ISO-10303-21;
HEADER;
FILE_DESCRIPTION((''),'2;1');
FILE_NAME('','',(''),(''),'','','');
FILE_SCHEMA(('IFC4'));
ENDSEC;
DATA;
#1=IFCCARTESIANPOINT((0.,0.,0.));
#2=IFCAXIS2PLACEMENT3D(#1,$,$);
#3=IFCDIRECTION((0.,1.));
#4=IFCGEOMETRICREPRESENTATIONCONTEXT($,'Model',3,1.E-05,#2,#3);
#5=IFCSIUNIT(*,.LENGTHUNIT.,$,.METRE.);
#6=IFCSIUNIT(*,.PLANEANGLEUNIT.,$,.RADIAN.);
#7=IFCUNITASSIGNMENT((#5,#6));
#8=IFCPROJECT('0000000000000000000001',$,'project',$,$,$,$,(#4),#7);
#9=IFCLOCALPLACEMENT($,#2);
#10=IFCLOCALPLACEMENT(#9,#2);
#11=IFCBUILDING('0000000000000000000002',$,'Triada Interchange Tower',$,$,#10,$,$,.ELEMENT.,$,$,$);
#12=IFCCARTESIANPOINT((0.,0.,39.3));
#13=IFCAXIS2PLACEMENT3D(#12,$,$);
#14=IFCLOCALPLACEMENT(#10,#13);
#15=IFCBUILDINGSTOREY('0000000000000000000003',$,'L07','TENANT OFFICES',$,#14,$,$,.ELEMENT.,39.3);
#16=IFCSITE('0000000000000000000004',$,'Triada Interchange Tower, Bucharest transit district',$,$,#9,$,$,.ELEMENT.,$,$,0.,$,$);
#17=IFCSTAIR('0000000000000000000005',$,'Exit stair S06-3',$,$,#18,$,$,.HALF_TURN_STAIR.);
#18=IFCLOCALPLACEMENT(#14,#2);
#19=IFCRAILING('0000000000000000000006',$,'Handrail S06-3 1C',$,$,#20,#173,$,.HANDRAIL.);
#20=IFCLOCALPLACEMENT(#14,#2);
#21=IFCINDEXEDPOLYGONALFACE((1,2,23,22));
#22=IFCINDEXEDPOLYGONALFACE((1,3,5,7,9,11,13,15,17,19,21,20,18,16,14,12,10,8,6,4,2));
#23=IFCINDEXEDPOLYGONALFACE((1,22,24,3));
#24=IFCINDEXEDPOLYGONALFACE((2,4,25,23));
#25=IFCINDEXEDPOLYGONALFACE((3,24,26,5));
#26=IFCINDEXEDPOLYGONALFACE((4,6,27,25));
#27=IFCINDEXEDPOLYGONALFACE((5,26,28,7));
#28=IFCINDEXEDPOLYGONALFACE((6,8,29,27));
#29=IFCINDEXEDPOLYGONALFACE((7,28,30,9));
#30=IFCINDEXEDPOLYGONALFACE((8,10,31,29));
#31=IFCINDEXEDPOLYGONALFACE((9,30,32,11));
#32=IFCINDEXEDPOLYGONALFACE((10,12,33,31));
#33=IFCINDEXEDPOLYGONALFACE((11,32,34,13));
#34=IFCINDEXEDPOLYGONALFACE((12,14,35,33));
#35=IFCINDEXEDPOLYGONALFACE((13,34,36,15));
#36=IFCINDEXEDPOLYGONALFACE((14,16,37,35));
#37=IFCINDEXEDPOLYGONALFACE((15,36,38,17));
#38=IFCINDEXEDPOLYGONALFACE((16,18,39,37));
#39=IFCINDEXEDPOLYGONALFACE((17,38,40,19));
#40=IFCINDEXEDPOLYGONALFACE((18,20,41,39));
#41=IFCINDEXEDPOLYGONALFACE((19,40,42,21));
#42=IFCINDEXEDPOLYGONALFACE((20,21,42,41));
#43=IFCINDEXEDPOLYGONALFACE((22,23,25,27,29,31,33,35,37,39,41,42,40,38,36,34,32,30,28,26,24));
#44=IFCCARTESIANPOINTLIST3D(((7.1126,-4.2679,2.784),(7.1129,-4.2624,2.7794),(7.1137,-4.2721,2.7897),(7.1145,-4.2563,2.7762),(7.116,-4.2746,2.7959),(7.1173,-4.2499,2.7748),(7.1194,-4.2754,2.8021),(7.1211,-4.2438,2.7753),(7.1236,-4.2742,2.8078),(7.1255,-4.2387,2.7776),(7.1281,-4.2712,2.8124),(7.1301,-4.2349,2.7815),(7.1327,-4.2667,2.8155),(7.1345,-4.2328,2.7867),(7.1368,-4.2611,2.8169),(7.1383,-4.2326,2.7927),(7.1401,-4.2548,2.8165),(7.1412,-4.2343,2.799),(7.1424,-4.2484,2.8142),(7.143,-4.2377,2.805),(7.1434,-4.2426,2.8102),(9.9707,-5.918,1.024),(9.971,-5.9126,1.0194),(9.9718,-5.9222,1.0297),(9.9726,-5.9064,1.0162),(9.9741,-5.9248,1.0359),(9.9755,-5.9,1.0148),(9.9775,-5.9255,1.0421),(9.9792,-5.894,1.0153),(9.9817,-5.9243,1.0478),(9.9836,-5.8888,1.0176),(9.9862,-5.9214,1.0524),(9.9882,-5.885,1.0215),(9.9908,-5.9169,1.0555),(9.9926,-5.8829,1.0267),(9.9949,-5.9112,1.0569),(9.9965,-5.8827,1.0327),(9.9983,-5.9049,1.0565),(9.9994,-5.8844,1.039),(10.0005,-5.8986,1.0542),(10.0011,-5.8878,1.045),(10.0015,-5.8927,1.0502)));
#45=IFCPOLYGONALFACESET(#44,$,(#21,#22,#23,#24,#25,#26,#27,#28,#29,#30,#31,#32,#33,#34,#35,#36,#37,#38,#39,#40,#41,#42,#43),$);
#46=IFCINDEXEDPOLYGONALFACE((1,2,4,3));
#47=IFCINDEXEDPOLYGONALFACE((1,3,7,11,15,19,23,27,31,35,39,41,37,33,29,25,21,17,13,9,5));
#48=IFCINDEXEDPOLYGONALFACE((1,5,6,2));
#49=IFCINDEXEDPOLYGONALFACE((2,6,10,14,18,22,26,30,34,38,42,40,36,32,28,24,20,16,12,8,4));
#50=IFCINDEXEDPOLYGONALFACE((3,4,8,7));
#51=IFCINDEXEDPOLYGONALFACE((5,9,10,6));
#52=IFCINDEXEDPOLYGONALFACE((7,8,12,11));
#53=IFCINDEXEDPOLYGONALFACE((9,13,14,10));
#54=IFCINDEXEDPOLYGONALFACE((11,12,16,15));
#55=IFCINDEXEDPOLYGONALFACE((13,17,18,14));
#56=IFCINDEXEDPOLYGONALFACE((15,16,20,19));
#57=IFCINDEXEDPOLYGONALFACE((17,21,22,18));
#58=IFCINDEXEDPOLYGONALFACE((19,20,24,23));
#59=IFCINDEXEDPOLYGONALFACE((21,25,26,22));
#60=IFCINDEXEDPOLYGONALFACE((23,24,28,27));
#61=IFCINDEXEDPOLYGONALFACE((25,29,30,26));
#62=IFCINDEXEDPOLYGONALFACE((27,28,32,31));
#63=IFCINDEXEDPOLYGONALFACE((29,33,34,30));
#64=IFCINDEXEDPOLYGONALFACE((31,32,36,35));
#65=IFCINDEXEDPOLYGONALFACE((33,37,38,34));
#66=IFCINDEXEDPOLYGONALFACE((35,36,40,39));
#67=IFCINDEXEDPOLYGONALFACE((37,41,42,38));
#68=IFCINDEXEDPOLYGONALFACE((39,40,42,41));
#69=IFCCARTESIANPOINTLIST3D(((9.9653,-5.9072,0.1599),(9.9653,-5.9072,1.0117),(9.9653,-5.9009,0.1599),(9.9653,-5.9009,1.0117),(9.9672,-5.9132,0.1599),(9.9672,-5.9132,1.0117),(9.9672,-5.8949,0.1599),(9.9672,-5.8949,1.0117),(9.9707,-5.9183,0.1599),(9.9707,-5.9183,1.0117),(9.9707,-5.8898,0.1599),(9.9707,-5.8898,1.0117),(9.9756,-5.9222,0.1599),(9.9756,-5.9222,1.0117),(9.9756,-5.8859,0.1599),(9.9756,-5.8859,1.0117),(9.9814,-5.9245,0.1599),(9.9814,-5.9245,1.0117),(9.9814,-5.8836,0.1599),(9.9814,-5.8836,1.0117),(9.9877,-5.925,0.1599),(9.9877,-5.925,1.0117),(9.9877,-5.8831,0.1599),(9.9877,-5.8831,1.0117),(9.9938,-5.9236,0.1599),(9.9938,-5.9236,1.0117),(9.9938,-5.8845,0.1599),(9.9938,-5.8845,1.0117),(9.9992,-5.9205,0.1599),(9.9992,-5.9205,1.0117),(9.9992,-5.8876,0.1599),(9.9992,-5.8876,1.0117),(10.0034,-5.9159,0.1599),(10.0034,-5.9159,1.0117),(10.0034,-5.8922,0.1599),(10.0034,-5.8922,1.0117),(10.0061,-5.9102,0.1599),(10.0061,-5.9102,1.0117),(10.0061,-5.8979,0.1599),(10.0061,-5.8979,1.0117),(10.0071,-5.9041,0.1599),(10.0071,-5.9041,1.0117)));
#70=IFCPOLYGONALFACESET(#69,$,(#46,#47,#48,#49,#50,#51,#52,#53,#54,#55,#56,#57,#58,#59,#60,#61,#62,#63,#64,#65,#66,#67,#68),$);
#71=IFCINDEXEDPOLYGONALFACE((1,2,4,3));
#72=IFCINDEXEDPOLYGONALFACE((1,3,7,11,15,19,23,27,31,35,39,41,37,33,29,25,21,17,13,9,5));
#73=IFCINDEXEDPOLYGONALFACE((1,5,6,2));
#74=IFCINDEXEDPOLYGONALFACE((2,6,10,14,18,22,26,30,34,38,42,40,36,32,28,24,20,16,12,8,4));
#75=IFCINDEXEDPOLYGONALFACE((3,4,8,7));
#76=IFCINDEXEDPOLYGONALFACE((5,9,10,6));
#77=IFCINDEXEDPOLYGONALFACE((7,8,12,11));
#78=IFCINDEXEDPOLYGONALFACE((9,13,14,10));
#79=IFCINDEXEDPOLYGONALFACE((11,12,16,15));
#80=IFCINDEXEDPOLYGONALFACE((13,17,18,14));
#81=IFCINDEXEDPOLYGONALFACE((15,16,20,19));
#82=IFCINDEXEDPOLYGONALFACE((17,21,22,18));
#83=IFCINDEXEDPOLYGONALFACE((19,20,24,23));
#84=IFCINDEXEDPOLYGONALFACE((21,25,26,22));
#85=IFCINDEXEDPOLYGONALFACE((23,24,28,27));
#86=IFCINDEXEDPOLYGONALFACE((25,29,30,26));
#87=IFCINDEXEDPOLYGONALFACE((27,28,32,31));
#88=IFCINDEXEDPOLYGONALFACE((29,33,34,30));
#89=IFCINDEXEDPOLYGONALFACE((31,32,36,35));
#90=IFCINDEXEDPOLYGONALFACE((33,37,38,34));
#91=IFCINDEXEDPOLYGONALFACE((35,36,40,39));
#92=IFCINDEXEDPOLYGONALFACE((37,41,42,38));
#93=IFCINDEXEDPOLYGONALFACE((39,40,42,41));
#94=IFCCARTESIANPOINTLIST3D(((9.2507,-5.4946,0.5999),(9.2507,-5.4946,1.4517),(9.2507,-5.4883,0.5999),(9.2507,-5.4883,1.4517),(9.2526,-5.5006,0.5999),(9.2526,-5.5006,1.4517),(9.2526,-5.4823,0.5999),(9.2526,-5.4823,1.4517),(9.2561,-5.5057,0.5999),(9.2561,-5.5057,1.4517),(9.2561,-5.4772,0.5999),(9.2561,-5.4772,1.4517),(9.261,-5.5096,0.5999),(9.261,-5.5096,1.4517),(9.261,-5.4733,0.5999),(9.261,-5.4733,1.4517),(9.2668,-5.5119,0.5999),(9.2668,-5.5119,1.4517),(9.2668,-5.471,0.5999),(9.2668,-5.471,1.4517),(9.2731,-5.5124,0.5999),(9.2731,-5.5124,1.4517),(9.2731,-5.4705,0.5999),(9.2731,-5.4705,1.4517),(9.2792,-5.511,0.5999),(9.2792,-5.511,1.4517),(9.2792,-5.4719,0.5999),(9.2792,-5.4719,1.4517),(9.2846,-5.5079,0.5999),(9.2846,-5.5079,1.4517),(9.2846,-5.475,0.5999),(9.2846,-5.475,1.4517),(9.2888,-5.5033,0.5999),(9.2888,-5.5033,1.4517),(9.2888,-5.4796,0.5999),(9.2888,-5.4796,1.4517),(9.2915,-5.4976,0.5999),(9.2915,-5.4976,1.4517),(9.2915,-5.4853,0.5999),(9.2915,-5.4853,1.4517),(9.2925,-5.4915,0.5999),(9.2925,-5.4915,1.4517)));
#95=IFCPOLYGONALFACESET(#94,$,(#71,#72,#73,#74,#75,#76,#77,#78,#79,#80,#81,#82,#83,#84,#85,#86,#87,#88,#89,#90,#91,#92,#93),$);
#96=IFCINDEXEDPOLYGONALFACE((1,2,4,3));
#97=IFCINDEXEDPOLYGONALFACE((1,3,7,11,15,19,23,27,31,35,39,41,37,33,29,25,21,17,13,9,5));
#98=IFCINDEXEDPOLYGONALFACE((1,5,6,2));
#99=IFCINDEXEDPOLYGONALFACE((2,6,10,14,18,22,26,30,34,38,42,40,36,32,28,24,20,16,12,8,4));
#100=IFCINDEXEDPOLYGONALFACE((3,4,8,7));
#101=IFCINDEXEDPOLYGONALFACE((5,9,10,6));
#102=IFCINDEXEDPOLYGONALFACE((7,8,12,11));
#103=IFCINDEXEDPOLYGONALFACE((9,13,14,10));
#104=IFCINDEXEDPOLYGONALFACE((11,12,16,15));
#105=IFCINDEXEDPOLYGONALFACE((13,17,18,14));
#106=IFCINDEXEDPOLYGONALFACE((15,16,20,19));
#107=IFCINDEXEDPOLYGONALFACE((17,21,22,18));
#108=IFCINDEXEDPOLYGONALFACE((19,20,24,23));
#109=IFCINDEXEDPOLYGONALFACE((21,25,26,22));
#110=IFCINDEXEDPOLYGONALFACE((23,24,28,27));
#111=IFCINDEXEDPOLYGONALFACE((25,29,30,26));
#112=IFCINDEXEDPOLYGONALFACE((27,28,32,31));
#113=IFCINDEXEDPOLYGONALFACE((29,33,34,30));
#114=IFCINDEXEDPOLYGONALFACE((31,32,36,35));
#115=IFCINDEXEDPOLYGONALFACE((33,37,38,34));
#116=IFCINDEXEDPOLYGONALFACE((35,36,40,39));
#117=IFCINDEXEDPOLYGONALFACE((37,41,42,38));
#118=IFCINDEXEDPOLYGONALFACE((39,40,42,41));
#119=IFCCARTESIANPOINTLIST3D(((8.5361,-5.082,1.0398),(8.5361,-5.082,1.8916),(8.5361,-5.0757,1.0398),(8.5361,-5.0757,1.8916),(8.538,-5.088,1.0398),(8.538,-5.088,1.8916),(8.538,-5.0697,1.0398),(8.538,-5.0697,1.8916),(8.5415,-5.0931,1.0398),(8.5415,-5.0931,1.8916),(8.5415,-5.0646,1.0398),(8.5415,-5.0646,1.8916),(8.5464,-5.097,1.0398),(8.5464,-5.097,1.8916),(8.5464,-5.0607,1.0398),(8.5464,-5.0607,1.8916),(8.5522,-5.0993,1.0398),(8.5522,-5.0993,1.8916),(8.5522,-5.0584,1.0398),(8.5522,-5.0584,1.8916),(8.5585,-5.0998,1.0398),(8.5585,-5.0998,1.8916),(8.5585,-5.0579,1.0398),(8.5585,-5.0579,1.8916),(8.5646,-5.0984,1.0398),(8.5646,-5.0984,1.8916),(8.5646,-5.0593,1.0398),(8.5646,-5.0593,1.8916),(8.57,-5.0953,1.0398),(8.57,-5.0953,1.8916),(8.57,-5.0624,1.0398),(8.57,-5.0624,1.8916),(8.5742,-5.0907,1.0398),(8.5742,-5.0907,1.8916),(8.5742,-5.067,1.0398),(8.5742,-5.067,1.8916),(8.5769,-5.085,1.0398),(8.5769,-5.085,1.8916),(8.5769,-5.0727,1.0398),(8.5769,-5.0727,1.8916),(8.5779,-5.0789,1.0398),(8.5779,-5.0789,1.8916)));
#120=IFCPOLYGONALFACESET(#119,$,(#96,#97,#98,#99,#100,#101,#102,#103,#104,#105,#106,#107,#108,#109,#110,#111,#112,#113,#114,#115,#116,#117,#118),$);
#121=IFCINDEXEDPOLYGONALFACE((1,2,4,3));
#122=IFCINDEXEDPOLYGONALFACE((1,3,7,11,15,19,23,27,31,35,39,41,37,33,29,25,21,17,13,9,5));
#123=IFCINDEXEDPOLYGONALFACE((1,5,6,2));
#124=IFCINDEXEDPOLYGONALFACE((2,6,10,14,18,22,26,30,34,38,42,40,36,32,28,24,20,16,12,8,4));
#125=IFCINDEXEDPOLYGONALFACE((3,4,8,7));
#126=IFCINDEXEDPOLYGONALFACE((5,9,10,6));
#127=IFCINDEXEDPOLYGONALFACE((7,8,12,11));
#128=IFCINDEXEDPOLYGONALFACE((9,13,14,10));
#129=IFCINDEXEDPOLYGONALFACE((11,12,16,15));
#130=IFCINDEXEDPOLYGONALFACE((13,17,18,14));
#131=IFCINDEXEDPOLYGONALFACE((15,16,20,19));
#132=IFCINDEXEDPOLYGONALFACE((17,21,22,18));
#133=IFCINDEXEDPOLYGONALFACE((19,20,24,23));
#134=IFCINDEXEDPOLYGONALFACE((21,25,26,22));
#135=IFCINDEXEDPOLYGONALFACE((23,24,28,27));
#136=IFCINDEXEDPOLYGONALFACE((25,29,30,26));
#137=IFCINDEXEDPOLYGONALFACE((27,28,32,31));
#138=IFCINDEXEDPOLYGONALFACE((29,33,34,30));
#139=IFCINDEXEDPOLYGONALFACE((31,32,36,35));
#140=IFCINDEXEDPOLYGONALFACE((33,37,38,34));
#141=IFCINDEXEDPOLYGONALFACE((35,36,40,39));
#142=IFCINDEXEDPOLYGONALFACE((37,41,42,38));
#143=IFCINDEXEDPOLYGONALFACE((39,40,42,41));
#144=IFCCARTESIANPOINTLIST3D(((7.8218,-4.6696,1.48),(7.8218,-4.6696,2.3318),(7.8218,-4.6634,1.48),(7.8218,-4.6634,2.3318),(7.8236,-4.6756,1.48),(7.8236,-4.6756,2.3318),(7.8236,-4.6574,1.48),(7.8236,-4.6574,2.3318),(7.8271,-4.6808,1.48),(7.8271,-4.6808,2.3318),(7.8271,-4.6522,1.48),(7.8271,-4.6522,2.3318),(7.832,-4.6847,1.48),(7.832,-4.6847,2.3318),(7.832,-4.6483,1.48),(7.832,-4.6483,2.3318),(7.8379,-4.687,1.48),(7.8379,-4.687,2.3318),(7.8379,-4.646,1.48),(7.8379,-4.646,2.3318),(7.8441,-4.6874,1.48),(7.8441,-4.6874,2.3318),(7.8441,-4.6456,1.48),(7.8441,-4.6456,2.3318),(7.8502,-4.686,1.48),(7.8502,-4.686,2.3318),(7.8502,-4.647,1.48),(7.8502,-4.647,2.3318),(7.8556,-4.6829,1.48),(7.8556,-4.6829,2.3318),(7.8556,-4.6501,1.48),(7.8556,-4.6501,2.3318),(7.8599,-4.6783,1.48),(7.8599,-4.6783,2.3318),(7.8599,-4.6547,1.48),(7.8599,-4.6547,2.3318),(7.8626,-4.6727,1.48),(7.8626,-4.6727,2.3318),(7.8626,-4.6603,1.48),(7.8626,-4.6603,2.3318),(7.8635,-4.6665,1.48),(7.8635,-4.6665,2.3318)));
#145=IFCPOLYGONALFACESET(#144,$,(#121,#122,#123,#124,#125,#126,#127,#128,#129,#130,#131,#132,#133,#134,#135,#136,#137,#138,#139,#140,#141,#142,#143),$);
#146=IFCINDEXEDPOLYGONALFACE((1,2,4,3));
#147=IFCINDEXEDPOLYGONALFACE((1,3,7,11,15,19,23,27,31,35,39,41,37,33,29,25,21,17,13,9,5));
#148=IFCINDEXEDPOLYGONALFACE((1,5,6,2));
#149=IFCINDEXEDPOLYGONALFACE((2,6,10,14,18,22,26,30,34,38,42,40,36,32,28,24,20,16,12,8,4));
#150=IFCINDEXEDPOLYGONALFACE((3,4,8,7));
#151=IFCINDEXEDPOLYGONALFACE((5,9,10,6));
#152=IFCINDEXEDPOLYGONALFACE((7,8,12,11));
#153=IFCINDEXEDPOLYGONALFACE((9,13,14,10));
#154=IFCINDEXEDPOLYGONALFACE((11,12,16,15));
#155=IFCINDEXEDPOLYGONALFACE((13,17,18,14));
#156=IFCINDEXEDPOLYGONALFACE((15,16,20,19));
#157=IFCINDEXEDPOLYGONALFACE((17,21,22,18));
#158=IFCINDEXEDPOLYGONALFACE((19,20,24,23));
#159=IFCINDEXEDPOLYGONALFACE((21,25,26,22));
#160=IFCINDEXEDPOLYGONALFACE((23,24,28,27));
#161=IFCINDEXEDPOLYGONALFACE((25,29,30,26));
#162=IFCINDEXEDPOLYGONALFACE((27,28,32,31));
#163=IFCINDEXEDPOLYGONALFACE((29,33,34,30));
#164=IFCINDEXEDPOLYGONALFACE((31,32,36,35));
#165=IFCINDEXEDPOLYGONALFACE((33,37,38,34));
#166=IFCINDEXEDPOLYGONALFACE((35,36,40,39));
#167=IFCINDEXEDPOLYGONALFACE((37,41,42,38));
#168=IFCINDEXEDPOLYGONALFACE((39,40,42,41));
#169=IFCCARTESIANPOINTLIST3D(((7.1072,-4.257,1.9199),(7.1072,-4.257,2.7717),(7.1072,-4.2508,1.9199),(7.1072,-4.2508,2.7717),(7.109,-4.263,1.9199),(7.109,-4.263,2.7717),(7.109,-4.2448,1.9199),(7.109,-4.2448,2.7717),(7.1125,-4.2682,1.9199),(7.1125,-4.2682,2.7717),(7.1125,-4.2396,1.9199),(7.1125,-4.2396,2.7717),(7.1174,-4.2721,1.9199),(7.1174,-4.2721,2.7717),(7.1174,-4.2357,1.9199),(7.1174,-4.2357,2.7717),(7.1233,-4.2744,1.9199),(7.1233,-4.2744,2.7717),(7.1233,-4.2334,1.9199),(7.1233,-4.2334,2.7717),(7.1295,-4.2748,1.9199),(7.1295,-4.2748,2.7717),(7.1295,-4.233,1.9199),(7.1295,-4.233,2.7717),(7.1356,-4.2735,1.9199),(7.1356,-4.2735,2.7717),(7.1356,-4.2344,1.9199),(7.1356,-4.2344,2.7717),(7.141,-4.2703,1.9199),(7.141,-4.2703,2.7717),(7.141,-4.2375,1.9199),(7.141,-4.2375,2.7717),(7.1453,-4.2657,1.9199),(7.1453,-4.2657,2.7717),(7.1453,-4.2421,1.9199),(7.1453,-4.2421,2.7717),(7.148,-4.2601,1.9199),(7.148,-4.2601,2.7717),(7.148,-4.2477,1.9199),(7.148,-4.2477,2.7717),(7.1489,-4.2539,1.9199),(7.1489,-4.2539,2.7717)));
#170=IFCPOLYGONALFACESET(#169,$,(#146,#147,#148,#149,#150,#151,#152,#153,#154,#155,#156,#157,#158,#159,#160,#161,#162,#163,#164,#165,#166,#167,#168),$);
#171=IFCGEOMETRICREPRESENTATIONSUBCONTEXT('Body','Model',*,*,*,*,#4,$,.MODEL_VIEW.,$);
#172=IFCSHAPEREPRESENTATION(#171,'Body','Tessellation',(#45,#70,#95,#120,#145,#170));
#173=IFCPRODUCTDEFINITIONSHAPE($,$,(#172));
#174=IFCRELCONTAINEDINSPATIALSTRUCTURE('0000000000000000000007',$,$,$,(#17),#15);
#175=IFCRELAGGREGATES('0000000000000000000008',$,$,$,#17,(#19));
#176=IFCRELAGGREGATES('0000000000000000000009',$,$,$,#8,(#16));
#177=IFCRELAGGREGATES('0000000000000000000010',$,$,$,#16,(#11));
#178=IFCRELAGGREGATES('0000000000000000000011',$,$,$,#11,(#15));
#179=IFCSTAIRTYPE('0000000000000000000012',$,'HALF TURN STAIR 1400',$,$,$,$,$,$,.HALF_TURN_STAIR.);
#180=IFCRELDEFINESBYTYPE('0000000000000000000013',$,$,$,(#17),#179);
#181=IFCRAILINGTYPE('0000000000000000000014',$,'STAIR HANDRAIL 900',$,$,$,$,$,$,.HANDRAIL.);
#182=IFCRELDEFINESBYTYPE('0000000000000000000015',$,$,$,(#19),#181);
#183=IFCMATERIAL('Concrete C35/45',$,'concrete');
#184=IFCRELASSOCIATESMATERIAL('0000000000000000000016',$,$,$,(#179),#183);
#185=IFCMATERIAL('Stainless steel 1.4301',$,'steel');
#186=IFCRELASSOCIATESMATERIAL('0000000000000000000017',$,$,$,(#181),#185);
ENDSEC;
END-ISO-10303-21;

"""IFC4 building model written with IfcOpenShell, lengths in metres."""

from ifc_helpers import new_model, si_unit, direction, frame, origin, origin_2d, place, context, subcontext, project, spatial, circle, extrude, material, type_object, element, aggregate, save


model = new_model("IFC4")

# Units and contexts
model_context = context("Model", 3, precision=1e-05, world=origin(), true_north=direction((0.0, 1.0)))
body_context = subcontext(model_context, "Body", "Model", "MODEL_VIEW")
ifc_project = project(units=[si_unit("LENGTHUNIT", "METRE"), si_unit("PLANEANGLEUNIT", "RADIAN")], contexts=[model_context])

# Site, building, storey
site_placement = place(None, origin())
site = spatial("IfcSite", under=ifc_project, at=site_placement, Name="Triada Interchange Tower, Bucharest transit district", CompositionType="ELEMENT", RefElevation=0.0)
building_placement = place(site_placement, origin())
building = spatial("IfcBuilding", under=site, at=building_placement, Name="Triada Interchange Tower", CompositionType="ELEMENT")
storey_placement = place(building_placement, frame((0.0, 0.0, 39.3)))
storey = spatial("IfcBuildingStorey", under=building, at=storey_placement, Name="L07", Description="TENANT OFFICES", CompositionType="ELEMENT", Elevation=39.3)

# Stair, railing
ifc_material_1 = material(Name="Concrete C35/45", Category="concrete")
stair_type = type_object("IfcStairType", Name="HALF TURN STAIR 1400", PredefinedType="HALF_TURN_STAIR", material=ifc_material_1)
stair_placement = place(storey_placement, origin())
stair = element("IfcStair", 1, at=stair_placement, inside=storey, type_object=stair_type, Name="Exit stair S06-3", PredefinedType="HALF_TURN_STAIR")
ifc_material_2 = material(Name="Stainless steel 1.4301", Category="steel")
railing_type = type_object("IfcRailingType", Name="STAIR HANDRAIL 900", PredefinedType="HANDRAIL", material=ifc_material_2)
railing_1_placement = place(storey_placement, frame((9.9861, -5.9041, 0.1599)))
railing_1 = element("IfcRailing", 2, at=railing_1_placement, type_object=railing_type, Name="Handrail S06-3 1C", PredefinedType="HANDRAIL", context=body_context, shape_type="SweptSolid", body=[
    extrude(circle(Radius=0.0239, at=origin_2d()), frame((0.0, 0.0, 0.876), z_axis=(-0.764156, 0.441183, 0.470556), x_axis=(-0.499998, -0.866027, 0.0)), (0.0, 0.0, 1.0), 3.7402),
    extrude(circle(Radius=0.021, at=origin_2d()), origin(), (0.0, 0.0, 1.0), 0.8518),
    extrude(circle(Radius=0.021, at=origin_2d()), frame((-0.7146, 0.4126, 0.4399)), (0.0, 0.0, 1.0), 0.8518),
    extrude(circle(Radius=0.021, at=origin_2d()), frame((-1.4292, 0.8252, 0.8799)), (0.0, 0.0, 1.0), 0.8518),
    extrude(circle(Radius=0.021, at=origin_2d()), frame((-2.1436, 1.2375, 1.3201)), (0.0, 0.0, 1.0), 0.8518),
    extrude(circle(Radius=0.021, at=origin_2d()), frame((-2.8582, 1.6501, 1.76)), (0.0, 0.0, 1.0), 0.8518),
])
aggregate(stair, [railing_1])

save(model, "model.ifc")
